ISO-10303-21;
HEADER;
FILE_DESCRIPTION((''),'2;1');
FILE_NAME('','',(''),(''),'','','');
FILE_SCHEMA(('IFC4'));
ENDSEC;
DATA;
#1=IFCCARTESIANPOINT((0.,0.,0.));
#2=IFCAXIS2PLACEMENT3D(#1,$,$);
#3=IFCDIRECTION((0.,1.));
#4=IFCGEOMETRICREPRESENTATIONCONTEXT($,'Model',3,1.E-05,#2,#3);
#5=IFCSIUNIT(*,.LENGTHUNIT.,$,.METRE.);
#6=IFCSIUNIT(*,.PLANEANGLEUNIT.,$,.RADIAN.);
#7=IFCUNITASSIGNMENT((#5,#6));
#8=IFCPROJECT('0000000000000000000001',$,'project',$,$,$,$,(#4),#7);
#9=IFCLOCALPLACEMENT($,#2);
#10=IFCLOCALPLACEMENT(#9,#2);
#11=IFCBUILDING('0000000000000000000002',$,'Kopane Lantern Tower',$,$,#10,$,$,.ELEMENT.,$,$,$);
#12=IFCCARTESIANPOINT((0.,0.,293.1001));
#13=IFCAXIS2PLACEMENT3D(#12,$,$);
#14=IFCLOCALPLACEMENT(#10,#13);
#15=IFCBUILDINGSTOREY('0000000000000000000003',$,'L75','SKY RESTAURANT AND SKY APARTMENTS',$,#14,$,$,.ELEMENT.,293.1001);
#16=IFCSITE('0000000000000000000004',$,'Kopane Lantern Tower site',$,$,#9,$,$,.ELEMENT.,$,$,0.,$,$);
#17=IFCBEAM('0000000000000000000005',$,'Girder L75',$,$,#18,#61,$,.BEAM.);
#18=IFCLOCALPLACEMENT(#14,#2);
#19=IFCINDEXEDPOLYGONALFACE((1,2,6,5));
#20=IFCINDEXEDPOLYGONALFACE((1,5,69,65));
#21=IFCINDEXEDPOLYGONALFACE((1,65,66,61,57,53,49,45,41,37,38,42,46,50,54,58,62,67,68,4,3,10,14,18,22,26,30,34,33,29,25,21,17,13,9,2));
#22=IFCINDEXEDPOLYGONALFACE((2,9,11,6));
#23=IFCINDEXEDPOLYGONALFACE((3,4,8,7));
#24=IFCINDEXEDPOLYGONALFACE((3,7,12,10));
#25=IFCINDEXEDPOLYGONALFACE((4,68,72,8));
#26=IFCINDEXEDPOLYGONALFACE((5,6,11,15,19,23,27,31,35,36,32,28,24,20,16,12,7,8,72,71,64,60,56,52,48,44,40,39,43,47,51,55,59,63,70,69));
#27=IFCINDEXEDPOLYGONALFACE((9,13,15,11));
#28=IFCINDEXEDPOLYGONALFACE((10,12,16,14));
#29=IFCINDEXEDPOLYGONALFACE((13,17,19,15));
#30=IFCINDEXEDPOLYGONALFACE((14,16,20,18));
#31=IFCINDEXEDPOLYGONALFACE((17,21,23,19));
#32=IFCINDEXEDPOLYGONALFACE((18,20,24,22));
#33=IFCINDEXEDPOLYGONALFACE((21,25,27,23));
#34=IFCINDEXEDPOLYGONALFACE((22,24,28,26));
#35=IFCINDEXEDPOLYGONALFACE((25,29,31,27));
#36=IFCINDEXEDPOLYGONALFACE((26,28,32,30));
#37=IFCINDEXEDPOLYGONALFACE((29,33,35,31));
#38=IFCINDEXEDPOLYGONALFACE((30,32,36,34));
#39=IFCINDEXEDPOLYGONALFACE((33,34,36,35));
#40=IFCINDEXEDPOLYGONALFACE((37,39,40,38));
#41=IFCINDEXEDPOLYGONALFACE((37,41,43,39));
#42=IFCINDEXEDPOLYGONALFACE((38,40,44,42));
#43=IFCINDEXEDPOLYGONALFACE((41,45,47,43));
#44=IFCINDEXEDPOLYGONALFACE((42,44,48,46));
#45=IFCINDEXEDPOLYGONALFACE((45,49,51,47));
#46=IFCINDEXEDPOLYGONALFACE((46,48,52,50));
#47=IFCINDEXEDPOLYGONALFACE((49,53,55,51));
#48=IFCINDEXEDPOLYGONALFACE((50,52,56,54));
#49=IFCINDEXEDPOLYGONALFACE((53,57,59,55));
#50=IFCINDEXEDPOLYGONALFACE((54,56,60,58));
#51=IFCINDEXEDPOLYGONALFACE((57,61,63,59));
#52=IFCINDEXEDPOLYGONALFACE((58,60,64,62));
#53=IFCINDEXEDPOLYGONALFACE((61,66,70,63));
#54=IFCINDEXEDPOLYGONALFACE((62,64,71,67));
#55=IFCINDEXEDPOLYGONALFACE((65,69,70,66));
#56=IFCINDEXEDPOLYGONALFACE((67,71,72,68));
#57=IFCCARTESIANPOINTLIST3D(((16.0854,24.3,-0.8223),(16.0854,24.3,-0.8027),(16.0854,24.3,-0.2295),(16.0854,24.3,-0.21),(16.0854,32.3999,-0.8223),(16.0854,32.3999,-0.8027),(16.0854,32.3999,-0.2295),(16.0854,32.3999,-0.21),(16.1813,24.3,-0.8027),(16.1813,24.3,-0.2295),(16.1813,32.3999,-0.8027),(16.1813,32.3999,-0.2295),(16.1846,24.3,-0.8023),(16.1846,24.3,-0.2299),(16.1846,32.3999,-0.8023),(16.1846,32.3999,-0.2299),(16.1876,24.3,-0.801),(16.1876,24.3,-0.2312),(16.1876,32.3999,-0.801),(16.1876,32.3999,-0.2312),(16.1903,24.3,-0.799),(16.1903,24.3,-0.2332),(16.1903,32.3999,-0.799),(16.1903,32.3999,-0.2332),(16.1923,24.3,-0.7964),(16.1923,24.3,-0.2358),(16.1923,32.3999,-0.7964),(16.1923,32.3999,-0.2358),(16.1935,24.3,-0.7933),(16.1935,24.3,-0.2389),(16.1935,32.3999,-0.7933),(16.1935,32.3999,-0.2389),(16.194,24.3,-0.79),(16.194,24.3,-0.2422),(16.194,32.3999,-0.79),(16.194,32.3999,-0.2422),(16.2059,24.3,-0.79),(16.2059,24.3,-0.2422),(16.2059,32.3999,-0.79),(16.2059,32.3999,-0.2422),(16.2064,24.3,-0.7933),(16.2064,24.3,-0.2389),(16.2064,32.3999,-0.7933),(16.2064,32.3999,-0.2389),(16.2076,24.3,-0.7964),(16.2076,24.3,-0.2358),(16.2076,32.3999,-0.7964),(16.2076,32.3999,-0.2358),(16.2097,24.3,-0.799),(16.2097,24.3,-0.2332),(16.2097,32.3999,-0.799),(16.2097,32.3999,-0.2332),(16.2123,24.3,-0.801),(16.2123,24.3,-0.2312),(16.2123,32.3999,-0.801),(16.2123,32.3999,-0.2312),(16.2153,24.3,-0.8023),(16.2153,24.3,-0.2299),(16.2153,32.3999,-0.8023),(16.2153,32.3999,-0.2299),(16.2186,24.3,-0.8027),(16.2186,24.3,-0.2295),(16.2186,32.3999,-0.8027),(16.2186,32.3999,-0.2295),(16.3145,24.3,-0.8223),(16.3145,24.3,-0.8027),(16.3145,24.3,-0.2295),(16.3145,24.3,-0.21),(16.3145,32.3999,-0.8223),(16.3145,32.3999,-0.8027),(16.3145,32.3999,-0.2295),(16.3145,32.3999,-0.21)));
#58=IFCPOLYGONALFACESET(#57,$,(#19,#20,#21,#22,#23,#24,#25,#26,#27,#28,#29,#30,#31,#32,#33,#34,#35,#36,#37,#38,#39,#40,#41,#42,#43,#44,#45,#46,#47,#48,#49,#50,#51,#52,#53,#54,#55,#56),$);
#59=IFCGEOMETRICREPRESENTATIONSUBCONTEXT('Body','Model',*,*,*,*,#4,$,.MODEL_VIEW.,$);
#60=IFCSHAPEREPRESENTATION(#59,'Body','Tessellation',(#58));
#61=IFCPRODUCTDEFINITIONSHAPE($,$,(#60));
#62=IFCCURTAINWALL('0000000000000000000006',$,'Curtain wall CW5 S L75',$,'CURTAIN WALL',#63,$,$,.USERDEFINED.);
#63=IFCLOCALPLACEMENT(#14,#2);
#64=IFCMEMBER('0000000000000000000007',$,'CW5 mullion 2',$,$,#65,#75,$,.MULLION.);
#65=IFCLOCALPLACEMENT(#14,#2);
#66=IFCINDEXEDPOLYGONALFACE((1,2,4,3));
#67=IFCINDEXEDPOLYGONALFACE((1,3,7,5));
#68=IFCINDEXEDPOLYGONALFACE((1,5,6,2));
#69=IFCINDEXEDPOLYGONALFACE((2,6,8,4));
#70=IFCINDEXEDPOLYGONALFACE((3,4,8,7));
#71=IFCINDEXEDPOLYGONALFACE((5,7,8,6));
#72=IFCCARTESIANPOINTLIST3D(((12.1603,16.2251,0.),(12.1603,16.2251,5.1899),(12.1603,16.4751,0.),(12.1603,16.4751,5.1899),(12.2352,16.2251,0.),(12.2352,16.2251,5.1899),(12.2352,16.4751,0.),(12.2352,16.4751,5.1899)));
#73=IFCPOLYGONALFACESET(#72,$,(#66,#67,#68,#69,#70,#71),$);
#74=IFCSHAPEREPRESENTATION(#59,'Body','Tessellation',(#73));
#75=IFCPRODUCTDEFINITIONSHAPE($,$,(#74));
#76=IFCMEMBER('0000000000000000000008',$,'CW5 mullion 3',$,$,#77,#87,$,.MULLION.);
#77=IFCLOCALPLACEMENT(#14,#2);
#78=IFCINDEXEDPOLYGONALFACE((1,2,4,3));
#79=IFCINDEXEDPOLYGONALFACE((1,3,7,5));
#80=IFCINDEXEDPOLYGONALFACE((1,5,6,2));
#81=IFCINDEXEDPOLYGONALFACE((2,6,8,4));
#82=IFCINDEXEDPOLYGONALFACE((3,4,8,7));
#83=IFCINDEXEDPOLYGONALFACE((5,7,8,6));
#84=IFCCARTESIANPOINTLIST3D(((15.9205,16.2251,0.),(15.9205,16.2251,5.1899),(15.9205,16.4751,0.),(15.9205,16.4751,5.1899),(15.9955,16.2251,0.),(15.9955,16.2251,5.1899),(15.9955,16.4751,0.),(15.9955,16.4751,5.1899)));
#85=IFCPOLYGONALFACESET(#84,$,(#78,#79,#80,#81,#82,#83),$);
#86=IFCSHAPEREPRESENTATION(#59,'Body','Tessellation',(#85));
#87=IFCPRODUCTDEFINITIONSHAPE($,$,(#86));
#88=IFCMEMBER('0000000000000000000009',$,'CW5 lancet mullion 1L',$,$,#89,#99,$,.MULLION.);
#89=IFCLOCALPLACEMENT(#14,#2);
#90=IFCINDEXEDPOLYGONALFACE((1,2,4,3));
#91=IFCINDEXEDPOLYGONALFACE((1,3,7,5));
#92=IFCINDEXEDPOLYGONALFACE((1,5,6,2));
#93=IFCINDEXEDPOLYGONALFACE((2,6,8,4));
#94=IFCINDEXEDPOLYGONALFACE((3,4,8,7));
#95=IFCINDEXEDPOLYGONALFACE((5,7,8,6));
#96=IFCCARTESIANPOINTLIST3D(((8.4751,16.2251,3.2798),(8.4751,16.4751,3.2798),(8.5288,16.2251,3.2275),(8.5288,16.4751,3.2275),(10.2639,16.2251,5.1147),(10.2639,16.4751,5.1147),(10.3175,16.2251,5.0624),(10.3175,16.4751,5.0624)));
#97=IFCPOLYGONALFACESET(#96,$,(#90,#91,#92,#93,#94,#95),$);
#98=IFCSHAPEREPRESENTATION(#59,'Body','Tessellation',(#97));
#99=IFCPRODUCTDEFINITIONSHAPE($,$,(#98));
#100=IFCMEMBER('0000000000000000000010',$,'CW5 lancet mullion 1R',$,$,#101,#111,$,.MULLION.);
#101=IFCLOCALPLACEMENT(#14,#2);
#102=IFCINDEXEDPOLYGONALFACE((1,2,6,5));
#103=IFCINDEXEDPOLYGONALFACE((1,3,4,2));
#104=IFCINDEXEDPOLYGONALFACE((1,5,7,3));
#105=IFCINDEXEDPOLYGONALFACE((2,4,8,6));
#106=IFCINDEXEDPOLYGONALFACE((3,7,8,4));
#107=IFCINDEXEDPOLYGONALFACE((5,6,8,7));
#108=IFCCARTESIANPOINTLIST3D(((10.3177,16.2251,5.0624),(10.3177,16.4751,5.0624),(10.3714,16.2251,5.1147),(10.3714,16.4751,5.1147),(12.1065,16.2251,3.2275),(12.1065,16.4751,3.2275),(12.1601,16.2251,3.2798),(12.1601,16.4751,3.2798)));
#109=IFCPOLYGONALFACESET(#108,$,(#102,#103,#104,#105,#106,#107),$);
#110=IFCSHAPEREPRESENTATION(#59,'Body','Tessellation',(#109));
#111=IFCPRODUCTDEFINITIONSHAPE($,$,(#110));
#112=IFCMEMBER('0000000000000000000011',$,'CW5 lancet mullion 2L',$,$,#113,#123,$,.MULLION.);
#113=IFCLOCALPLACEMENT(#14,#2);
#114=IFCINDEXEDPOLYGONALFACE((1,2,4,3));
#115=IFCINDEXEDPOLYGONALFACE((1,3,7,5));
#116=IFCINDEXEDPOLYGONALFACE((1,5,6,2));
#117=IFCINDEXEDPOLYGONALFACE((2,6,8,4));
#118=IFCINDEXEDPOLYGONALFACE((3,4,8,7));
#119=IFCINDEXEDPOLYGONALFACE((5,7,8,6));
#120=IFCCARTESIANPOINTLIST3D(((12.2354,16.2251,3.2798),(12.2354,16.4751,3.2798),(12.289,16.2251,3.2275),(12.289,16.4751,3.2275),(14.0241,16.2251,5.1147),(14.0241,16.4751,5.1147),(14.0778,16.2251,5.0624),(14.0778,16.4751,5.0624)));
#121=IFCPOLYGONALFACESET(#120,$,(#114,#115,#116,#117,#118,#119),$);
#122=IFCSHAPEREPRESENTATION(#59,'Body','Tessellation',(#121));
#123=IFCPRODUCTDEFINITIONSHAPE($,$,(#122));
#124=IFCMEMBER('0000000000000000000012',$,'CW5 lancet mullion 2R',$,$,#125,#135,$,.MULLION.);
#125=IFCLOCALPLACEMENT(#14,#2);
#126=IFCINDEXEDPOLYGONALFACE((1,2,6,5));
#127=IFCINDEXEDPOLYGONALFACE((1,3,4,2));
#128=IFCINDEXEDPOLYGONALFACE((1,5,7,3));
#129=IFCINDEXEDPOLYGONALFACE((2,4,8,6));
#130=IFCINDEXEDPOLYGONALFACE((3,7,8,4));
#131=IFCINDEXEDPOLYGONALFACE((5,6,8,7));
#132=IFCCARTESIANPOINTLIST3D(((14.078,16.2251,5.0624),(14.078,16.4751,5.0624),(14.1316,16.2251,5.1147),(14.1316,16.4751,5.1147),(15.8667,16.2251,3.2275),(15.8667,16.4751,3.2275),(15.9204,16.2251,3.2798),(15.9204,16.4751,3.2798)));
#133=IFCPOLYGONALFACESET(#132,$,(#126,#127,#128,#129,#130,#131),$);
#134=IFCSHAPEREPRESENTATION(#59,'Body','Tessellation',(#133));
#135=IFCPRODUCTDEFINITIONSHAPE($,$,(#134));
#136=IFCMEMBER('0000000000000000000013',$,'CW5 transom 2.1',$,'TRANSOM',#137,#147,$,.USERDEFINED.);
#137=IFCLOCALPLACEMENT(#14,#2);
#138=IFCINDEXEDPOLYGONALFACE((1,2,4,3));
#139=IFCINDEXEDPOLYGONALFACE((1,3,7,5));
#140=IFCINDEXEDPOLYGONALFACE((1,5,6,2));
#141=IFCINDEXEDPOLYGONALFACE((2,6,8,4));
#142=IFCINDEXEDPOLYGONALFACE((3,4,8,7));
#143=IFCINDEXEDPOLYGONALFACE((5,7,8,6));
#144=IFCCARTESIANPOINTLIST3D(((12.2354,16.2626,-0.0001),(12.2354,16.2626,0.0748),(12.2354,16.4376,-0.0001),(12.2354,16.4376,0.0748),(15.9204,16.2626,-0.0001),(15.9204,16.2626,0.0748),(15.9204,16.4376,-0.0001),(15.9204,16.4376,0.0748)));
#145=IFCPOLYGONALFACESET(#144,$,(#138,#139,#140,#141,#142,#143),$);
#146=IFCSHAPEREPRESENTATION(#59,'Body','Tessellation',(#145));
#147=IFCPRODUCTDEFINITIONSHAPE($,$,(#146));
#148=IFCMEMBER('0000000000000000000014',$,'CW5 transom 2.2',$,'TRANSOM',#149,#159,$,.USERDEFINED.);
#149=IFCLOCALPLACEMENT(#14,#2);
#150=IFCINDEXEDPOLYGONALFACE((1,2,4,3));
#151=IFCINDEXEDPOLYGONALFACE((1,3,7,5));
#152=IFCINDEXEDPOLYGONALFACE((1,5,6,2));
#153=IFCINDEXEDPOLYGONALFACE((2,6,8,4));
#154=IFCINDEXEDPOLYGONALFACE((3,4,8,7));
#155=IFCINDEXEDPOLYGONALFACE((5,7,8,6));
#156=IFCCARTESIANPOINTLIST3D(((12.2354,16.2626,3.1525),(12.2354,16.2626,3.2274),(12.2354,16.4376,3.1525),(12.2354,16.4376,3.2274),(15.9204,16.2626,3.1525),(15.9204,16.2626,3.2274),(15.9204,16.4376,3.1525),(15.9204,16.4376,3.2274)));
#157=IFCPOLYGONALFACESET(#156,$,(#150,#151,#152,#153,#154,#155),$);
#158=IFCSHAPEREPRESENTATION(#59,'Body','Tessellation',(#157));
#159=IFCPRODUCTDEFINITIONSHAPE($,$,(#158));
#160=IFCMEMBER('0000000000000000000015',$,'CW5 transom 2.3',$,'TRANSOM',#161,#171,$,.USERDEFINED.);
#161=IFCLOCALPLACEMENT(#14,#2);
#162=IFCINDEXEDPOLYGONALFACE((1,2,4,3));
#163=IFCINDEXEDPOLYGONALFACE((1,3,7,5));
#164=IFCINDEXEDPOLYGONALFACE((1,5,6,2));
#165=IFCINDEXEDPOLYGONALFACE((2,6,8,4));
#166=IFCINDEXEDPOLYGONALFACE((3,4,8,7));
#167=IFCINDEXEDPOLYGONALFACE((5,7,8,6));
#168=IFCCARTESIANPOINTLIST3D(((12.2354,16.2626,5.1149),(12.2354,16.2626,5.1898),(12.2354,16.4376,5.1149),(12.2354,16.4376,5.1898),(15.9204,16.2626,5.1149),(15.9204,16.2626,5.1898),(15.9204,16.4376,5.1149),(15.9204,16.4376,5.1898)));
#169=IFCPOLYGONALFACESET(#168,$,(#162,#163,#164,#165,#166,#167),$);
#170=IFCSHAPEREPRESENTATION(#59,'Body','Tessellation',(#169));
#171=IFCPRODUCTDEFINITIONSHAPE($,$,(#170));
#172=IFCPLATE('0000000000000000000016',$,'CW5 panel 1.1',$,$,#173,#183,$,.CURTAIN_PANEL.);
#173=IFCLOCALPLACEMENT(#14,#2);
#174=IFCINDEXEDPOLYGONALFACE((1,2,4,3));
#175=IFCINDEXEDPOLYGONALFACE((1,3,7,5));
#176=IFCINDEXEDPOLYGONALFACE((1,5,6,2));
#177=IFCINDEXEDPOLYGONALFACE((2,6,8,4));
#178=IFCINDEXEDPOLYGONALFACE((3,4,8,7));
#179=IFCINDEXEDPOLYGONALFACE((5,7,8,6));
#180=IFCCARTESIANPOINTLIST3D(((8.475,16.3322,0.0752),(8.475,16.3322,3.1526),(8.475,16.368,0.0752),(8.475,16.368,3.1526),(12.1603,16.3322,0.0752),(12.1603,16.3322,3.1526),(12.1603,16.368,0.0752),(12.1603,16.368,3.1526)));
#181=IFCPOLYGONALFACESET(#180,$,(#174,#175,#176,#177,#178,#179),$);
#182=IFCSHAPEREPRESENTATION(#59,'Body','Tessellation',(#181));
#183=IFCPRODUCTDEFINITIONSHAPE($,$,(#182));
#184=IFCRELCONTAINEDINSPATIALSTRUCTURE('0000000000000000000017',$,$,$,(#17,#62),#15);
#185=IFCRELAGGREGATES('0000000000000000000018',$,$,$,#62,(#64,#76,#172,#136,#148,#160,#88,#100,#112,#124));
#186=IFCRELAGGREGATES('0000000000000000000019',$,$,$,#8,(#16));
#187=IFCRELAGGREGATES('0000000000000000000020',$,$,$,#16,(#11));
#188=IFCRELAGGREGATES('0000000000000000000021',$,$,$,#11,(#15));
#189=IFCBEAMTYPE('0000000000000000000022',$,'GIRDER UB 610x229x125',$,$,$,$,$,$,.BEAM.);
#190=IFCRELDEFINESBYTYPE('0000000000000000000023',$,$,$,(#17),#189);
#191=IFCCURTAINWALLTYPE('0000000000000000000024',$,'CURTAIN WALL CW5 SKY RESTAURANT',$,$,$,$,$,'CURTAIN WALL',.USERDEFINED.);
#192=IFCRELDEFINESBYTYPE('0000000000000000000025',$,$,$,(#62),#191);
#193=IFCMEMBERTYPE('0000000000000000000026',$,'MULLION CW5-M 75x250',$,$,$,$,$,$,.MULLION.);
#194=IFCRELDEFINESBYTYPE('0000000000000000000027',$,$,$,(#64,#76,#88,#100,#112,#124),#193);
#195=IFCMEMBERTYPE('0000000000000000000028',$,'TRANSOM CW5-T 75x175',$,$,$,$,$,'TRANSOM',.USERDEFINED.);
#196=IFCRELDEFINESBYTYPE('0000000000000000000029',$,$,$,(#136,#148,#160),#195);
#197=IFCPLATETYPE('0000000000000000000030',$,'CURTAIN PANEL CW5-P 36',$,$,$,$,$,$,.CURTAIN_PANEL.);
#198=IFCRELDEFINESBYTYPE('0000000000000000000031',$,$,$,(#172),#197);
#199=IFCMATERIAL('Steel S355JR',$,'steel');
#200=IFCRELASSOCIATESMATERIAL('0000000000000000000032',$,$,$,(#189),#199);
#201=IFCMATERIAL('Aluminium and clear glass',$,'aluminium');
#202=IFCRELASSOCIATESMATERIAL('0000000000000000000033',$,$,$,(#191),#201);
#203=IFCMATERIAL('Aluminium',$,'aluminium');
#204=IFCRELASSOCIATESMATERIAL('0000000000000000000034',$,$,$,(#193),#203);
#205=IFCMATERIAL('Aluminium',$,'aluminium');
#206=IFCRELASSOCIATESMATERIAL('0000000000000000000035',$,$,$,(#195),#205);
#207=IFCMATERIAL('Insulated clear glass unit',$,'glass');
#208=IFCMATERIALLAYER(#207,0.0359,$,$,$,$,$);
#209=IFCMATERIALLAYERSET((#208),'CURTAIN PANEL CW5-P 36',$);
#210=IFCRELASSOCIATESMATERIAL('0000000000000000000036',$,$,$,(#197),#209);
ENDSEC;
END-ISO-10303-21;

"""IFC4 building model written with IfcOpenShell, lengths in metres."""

from ifc_helpers import new_model, si_unit, direction, frame, origin, origin_2d, place, context, subcontext, project, spatial, rectangle, i_section, extrude, material, layer, layer_set, material_profile, profile_set, type_object, element, aggregate, save


model = new_model("IFC4")

# Units and contexts
model_context = context("Model", 3, precision=1e-05, world=origin(), true_north=direction((0.0, 1.0)))
body_context = subcontext(model_context, "Body", "Model", "MODEL_VIEW")
ifc_project = project(units=[si_unit("LENGTHUNIT", "METRE"), si_unit("PLANEANGLEUNIT", "RADIAN")], contexts=[model_context])

# Site, building, storey
site_placement = place(None, origin())
site = spatial("IfcSite", under=ifc_project, at=site_placement, Name="Kopane Lantern Tower site", CompositionType="ELEMENT", RefElevation=0.0)
building_placement = place(site_placement, origin())
building = spatial("IfcBuilding", under=site, at=building_placement, Name="Kopane Lantern Tower", CompositionType="ELEMENT")
storey_placement = place(building_placement, frame((0.0, 0.0, 293.1001)))
storey = spatial("IfcBuildingStorey", under=building, at=storey_placement, Name="L75", Description="SKY RESTAURANT AND SKY APARTMENTS", CompositionType="ELEMENT", Elevation=293.1001)

# Beam
ifc_material_1 = material(Name="Steel S355JR", Category="steel")
ifc_material_profile_1 = material_profile(ifc_material_1, i_section(OverallWidth=0.229, OverallDepth=0.6123, WebThickness=0.012, FlangeThickness=0.0195, FilletRadius=0.0127, at=origin_2d()), Name="UB 610x229x125")
ifc_profile_set_1 = profile_set([ifc_material_profile_1], Name="Steel S355JR")
beam_type = type_object("IfcBeamType", Name="GIRDER UB 610x229x125", PredefinedType="BEAM", material=ifc_profile_set_1)
beam_placement = place(storey_placement, frame((16.2, 24.3, -0.5161), z_axis=(0.0, 1.0, 0.0), x_axis=(-1.0, 0.0, 0.0)))
element("IfcBeam", 1, at=beam_placement, inside=storey, type_object=beam_type, Name="Girder L75", PredefinedType="BEAM", context=body_context, shape_type="SweptSolid", body=[
    extrude(i_section(OverallWidth=0.229, OverallDepth=0.6123, WebThickness=0.012, FlangeThickness=0.0195, FilletRadius=0.0127, at=origin_2d()), origin(), (0.0, 0.0, 1.0), 8.0999),
])

# Curtain wall, members, plate
ifc_material_2 = material(Name="Aluminium and clear glass", Category="aluminium")
curtain_wall_type = type_object("IfcCurtainWallType", Name="CURTAIN WALL CW5 SKY RESTAURANT", ElementType="CURTAIN WALL", PredefinedType="USERDEFINED", material=ifc_material_2)
curtain_wall_placement = place(storey_placement, origin())
curtain_wall = element("IfcCurtainWall", 2, at=curtain_wall_placement, inside=storey, type_object=curtain_wall_type, Name="Curtain wall CW5 S L75", ObjectType="CURTAIN WALL", PredefinedType="USERDEFINED")
ifc_material_3 = material(Name="Aluminium", Category="aluminium")
ifc_material_profile_2 = material_profile(ifc_material_3, rectangle(XDim=0.075, YDim=0.25, at=origin_2d()), Name="AL 75x250")
ifc_profile_set_2 = profile_set([ifc_material_profile_2], Name="Aluminium")
member_type_1 = type_object("IfcMemberType", Name="MULLION CW5-M 75x250", PredefinedType="MULLION", material=ifc_profile_set_2)
member_1_placement = place(storey_placement, frame((12.1978, 16.3501, 0.0), z_axis=(0.0, 0.0, 1.0), x_axis=(1.0, 0.0, 0.0)))
member_1 = element("IfcMember", 3, at=member_1_placement, type_object=member_type_1, Name="CW5 mullion 2", PredefinedType="MULLION", context=body_context, shape_type="SweptSolid", body=[
    extrude(rectangle(XDim=0.075, YDim=0.25, at=origin_2d()), origin(), (0.0, 0.0, 1.0), 5.1899),
])
member_2_placement = place(storey_placement, frame((15.958, 16.3501, 0.0), z_axis=(0.0, 0.0, 1.0), x_axis=(1.0, 0.0, 0.0)))
member_2 = element("IfcMember", 4, at=member_2_placement, type_object=member_type_1, Name="CW5 mullion 3", PredefinedType="MULLION", context=body_context, shape_type="SweptSolid", body=[
    extrude(rectangle(XDim=0.075, YDim=0.25, at=origin_2d()), origin(), (0.0, 0.0, 1.0), 5.1899),
])
member_3_placement = place(storey_placement, frame((8.502, 16.3501, 3.2537), z_axis=(0.698046, 0.0, 0.716053), x_axis=(-0.716053, 0.0, 0.698046)))
member_3 = element("IfcMember", 5, at=member_3_placement, type_object=member_type_1, Name="CW5 lancet mullion 1L", PredefinedType="MULLION", context=body_context, shape_type="SweptSolid", body=[
    extrude(rectangle(XDim=0.075, YDim=0.25, at=origin_2d()), origin(), (0.0, 0.0, 1.0), 2.5625),
])
member_4_placement = place(storey_placement, frame((12.1333, 16.3501, 3.2537), z_axis=(-0.698046, 0.0, 0.716053), x_axis=(0.716053, 0.0, 0.698046)))
member_4 = element("IfcMember", 6, at=member_4_placement, type_object=member_type_1, Name="CW5 lancet mullion 1R", PredefinedType="MULLION", context=body_context, shape_type="SweptSolid", body=[
    extrude(rectangle(XDim=0.075, YDim=0.25, at=origin_2d()), origin(), (0.0, 0.0, 1.0), 2.5625),
])
member_5_placement = place(storey_placement, frame((12.2622, 16.3501, 3.2537), z_axis=(0.698046, 0.0, 0.716053), x_axis=(-0.716053, 0.0, 0.698046)))
member_5 = element("IfcMember", 7, at=member_5_placement, type_object=member_type_1, Name="CW5 lancet mullion 2L", PredefinedType="MULLION", context=body_context, shape_type="SweptSolid", body=[
    extrude(rectangle(XDim=0.075, YDim=0.25, at=origin_2d()), origin(), (0.0, 0.0, 1.0), 2.5625),
])
member_6_placement = place(storey_placement, frame((15.8936, 16.3501, 3.2537), z_axis=(-0.698046, 0.0, 0.716053), x_axis=(0.716053, 0.0, 0.698046)))
member_6 = element("IfcMember", 8, at=member_6_placement, type_object=member_type_1, Name="CW5 lancet mullion 2R", PredefinedType="MULLION", context=body_context, shape_type="SweptSolid", body=[
    extrude(rectangle(XDim=0.075, YDim=0.25, at=origin_2d()), origin(), (0.0, 0.0, 1.0), 2.5625),
])
ifc_material_4 = material(Name="Aluminium", Category="aluminium")
ifc_material_profile_3 = material_profile(ifc_material_4, rectangle(XDim=0.175, YDim=0.075, at=origin_2d()), Name="AL 175x75")
ifc_profile_set_3 = profile_set([ifc_material_profile_3], Name="Aluminium")
member_type_2 = type_object("IfcMemberType", Name="TRANSOM CW5-T 75x175", ElementType="TRANSOM", PredefinedType="USERDEFINED", material=ifc_profile_set_3)
member_7_placement = place(storey_placement, frame((12.2354, 16.3501, 0.0374), z_axis=(1.0, 0.0, 0.0), x_axis=(0.0, 1.0, 0.0)))
member_7 = element("IfcMember", 9, at=member_7_placement, type_object=member_type_2, Name="CW5 transom 2.1", ObjectType="TRANSOM", PredefinedType="USERDEFINED", context=body_context, shape_type="SweptSolid", body=[
    extrude(rectangle(XDim=0.175, YDim=0.075, at=origin_2d()), origin(), (0.0, 0.0, 1.0), 3.6851),
])
member_8_placement = place(storey_placement, frame((12.2354, 16.3501, 3.1899), z_axis=(1.0, 0.0, 0.0), x_axis=(0.0, 1.0, 0.0)))
member_8 = element("IfcMember", 10, at=member_8_placement, type_object=member_type_2, Name="CW5 transom 2.2", ObjectType="TRANSOM", PredefinedType="USERDEFINED", context=body_context, shape_type="SweptSolid", body=[
    extrude(rectangle(XDim=0.175, YDim=0.075, at=origin_2d()), origin(), (0.0, 0.0, 1.0), 3.6851),
])
member_9_placement = place(storey_placement, frame((12.2354, 16.3501, 5.1523), z_axis=(1.0, 0.0, 0.0), x_axis=(0.0, 1.0, 0.0)))
member_9 = element("IfcMember", 11, at=member_9_placement, type_object=member_type_2, Name="CW5 transom 2.3", ObjectType="TRANSOM", PredefinedType="USERDEFINED", context=body_context, shape_type="SweptSolid", body=[
    extrude(rectangle(XDim=0.175, YDim=0.075, at=origin_2d()), origin(), (0.0, 0.0, 1.0), 3.6851),
])
ifc_material_5 = material(Name="Insulated clear glass unit", Category="glass")
ifc_layer_1 = layer(ifc_material_5, 0.0359)
ifc_layer_set_1 = layer_set([ifc_layer_1], Name="CURTAIN PANEL CW5-P 36")
plate_type = type_object("IfcPlateType", Name="CURTAIN PANEL CW5-P 36", PredefinedType="CURTAIN_PANEL", material=ifc_layer_set_1)
plate_1_placement = place(storey_placement, frame((10.3176, 16.3501, 0.0752), z_axis=(0.0, 0.0, 1.0), x_axis=(1.0, 0.0, 0.0)))
plate_1 = element("IfcPlate", 12, at=plate_1_placement, type_object=plate_type, Name="CW5 panel 1.1", PredefinedType="CURTAIN_PANEL", context=body_context, shape_type="SweptSolid", body=[
    extrude(rectangle(XDim=3.6853, YDim=0.0359, at=origin_2d()), origin(), (0.0, 0.0, 1.0), 3.0774),
])
aggregate(curtain_wall, [member_1, member_2, plate_1, member_7, member_8, member_9, member_3, member_4, member_5, member_6])

save(model, "model.ifc")
